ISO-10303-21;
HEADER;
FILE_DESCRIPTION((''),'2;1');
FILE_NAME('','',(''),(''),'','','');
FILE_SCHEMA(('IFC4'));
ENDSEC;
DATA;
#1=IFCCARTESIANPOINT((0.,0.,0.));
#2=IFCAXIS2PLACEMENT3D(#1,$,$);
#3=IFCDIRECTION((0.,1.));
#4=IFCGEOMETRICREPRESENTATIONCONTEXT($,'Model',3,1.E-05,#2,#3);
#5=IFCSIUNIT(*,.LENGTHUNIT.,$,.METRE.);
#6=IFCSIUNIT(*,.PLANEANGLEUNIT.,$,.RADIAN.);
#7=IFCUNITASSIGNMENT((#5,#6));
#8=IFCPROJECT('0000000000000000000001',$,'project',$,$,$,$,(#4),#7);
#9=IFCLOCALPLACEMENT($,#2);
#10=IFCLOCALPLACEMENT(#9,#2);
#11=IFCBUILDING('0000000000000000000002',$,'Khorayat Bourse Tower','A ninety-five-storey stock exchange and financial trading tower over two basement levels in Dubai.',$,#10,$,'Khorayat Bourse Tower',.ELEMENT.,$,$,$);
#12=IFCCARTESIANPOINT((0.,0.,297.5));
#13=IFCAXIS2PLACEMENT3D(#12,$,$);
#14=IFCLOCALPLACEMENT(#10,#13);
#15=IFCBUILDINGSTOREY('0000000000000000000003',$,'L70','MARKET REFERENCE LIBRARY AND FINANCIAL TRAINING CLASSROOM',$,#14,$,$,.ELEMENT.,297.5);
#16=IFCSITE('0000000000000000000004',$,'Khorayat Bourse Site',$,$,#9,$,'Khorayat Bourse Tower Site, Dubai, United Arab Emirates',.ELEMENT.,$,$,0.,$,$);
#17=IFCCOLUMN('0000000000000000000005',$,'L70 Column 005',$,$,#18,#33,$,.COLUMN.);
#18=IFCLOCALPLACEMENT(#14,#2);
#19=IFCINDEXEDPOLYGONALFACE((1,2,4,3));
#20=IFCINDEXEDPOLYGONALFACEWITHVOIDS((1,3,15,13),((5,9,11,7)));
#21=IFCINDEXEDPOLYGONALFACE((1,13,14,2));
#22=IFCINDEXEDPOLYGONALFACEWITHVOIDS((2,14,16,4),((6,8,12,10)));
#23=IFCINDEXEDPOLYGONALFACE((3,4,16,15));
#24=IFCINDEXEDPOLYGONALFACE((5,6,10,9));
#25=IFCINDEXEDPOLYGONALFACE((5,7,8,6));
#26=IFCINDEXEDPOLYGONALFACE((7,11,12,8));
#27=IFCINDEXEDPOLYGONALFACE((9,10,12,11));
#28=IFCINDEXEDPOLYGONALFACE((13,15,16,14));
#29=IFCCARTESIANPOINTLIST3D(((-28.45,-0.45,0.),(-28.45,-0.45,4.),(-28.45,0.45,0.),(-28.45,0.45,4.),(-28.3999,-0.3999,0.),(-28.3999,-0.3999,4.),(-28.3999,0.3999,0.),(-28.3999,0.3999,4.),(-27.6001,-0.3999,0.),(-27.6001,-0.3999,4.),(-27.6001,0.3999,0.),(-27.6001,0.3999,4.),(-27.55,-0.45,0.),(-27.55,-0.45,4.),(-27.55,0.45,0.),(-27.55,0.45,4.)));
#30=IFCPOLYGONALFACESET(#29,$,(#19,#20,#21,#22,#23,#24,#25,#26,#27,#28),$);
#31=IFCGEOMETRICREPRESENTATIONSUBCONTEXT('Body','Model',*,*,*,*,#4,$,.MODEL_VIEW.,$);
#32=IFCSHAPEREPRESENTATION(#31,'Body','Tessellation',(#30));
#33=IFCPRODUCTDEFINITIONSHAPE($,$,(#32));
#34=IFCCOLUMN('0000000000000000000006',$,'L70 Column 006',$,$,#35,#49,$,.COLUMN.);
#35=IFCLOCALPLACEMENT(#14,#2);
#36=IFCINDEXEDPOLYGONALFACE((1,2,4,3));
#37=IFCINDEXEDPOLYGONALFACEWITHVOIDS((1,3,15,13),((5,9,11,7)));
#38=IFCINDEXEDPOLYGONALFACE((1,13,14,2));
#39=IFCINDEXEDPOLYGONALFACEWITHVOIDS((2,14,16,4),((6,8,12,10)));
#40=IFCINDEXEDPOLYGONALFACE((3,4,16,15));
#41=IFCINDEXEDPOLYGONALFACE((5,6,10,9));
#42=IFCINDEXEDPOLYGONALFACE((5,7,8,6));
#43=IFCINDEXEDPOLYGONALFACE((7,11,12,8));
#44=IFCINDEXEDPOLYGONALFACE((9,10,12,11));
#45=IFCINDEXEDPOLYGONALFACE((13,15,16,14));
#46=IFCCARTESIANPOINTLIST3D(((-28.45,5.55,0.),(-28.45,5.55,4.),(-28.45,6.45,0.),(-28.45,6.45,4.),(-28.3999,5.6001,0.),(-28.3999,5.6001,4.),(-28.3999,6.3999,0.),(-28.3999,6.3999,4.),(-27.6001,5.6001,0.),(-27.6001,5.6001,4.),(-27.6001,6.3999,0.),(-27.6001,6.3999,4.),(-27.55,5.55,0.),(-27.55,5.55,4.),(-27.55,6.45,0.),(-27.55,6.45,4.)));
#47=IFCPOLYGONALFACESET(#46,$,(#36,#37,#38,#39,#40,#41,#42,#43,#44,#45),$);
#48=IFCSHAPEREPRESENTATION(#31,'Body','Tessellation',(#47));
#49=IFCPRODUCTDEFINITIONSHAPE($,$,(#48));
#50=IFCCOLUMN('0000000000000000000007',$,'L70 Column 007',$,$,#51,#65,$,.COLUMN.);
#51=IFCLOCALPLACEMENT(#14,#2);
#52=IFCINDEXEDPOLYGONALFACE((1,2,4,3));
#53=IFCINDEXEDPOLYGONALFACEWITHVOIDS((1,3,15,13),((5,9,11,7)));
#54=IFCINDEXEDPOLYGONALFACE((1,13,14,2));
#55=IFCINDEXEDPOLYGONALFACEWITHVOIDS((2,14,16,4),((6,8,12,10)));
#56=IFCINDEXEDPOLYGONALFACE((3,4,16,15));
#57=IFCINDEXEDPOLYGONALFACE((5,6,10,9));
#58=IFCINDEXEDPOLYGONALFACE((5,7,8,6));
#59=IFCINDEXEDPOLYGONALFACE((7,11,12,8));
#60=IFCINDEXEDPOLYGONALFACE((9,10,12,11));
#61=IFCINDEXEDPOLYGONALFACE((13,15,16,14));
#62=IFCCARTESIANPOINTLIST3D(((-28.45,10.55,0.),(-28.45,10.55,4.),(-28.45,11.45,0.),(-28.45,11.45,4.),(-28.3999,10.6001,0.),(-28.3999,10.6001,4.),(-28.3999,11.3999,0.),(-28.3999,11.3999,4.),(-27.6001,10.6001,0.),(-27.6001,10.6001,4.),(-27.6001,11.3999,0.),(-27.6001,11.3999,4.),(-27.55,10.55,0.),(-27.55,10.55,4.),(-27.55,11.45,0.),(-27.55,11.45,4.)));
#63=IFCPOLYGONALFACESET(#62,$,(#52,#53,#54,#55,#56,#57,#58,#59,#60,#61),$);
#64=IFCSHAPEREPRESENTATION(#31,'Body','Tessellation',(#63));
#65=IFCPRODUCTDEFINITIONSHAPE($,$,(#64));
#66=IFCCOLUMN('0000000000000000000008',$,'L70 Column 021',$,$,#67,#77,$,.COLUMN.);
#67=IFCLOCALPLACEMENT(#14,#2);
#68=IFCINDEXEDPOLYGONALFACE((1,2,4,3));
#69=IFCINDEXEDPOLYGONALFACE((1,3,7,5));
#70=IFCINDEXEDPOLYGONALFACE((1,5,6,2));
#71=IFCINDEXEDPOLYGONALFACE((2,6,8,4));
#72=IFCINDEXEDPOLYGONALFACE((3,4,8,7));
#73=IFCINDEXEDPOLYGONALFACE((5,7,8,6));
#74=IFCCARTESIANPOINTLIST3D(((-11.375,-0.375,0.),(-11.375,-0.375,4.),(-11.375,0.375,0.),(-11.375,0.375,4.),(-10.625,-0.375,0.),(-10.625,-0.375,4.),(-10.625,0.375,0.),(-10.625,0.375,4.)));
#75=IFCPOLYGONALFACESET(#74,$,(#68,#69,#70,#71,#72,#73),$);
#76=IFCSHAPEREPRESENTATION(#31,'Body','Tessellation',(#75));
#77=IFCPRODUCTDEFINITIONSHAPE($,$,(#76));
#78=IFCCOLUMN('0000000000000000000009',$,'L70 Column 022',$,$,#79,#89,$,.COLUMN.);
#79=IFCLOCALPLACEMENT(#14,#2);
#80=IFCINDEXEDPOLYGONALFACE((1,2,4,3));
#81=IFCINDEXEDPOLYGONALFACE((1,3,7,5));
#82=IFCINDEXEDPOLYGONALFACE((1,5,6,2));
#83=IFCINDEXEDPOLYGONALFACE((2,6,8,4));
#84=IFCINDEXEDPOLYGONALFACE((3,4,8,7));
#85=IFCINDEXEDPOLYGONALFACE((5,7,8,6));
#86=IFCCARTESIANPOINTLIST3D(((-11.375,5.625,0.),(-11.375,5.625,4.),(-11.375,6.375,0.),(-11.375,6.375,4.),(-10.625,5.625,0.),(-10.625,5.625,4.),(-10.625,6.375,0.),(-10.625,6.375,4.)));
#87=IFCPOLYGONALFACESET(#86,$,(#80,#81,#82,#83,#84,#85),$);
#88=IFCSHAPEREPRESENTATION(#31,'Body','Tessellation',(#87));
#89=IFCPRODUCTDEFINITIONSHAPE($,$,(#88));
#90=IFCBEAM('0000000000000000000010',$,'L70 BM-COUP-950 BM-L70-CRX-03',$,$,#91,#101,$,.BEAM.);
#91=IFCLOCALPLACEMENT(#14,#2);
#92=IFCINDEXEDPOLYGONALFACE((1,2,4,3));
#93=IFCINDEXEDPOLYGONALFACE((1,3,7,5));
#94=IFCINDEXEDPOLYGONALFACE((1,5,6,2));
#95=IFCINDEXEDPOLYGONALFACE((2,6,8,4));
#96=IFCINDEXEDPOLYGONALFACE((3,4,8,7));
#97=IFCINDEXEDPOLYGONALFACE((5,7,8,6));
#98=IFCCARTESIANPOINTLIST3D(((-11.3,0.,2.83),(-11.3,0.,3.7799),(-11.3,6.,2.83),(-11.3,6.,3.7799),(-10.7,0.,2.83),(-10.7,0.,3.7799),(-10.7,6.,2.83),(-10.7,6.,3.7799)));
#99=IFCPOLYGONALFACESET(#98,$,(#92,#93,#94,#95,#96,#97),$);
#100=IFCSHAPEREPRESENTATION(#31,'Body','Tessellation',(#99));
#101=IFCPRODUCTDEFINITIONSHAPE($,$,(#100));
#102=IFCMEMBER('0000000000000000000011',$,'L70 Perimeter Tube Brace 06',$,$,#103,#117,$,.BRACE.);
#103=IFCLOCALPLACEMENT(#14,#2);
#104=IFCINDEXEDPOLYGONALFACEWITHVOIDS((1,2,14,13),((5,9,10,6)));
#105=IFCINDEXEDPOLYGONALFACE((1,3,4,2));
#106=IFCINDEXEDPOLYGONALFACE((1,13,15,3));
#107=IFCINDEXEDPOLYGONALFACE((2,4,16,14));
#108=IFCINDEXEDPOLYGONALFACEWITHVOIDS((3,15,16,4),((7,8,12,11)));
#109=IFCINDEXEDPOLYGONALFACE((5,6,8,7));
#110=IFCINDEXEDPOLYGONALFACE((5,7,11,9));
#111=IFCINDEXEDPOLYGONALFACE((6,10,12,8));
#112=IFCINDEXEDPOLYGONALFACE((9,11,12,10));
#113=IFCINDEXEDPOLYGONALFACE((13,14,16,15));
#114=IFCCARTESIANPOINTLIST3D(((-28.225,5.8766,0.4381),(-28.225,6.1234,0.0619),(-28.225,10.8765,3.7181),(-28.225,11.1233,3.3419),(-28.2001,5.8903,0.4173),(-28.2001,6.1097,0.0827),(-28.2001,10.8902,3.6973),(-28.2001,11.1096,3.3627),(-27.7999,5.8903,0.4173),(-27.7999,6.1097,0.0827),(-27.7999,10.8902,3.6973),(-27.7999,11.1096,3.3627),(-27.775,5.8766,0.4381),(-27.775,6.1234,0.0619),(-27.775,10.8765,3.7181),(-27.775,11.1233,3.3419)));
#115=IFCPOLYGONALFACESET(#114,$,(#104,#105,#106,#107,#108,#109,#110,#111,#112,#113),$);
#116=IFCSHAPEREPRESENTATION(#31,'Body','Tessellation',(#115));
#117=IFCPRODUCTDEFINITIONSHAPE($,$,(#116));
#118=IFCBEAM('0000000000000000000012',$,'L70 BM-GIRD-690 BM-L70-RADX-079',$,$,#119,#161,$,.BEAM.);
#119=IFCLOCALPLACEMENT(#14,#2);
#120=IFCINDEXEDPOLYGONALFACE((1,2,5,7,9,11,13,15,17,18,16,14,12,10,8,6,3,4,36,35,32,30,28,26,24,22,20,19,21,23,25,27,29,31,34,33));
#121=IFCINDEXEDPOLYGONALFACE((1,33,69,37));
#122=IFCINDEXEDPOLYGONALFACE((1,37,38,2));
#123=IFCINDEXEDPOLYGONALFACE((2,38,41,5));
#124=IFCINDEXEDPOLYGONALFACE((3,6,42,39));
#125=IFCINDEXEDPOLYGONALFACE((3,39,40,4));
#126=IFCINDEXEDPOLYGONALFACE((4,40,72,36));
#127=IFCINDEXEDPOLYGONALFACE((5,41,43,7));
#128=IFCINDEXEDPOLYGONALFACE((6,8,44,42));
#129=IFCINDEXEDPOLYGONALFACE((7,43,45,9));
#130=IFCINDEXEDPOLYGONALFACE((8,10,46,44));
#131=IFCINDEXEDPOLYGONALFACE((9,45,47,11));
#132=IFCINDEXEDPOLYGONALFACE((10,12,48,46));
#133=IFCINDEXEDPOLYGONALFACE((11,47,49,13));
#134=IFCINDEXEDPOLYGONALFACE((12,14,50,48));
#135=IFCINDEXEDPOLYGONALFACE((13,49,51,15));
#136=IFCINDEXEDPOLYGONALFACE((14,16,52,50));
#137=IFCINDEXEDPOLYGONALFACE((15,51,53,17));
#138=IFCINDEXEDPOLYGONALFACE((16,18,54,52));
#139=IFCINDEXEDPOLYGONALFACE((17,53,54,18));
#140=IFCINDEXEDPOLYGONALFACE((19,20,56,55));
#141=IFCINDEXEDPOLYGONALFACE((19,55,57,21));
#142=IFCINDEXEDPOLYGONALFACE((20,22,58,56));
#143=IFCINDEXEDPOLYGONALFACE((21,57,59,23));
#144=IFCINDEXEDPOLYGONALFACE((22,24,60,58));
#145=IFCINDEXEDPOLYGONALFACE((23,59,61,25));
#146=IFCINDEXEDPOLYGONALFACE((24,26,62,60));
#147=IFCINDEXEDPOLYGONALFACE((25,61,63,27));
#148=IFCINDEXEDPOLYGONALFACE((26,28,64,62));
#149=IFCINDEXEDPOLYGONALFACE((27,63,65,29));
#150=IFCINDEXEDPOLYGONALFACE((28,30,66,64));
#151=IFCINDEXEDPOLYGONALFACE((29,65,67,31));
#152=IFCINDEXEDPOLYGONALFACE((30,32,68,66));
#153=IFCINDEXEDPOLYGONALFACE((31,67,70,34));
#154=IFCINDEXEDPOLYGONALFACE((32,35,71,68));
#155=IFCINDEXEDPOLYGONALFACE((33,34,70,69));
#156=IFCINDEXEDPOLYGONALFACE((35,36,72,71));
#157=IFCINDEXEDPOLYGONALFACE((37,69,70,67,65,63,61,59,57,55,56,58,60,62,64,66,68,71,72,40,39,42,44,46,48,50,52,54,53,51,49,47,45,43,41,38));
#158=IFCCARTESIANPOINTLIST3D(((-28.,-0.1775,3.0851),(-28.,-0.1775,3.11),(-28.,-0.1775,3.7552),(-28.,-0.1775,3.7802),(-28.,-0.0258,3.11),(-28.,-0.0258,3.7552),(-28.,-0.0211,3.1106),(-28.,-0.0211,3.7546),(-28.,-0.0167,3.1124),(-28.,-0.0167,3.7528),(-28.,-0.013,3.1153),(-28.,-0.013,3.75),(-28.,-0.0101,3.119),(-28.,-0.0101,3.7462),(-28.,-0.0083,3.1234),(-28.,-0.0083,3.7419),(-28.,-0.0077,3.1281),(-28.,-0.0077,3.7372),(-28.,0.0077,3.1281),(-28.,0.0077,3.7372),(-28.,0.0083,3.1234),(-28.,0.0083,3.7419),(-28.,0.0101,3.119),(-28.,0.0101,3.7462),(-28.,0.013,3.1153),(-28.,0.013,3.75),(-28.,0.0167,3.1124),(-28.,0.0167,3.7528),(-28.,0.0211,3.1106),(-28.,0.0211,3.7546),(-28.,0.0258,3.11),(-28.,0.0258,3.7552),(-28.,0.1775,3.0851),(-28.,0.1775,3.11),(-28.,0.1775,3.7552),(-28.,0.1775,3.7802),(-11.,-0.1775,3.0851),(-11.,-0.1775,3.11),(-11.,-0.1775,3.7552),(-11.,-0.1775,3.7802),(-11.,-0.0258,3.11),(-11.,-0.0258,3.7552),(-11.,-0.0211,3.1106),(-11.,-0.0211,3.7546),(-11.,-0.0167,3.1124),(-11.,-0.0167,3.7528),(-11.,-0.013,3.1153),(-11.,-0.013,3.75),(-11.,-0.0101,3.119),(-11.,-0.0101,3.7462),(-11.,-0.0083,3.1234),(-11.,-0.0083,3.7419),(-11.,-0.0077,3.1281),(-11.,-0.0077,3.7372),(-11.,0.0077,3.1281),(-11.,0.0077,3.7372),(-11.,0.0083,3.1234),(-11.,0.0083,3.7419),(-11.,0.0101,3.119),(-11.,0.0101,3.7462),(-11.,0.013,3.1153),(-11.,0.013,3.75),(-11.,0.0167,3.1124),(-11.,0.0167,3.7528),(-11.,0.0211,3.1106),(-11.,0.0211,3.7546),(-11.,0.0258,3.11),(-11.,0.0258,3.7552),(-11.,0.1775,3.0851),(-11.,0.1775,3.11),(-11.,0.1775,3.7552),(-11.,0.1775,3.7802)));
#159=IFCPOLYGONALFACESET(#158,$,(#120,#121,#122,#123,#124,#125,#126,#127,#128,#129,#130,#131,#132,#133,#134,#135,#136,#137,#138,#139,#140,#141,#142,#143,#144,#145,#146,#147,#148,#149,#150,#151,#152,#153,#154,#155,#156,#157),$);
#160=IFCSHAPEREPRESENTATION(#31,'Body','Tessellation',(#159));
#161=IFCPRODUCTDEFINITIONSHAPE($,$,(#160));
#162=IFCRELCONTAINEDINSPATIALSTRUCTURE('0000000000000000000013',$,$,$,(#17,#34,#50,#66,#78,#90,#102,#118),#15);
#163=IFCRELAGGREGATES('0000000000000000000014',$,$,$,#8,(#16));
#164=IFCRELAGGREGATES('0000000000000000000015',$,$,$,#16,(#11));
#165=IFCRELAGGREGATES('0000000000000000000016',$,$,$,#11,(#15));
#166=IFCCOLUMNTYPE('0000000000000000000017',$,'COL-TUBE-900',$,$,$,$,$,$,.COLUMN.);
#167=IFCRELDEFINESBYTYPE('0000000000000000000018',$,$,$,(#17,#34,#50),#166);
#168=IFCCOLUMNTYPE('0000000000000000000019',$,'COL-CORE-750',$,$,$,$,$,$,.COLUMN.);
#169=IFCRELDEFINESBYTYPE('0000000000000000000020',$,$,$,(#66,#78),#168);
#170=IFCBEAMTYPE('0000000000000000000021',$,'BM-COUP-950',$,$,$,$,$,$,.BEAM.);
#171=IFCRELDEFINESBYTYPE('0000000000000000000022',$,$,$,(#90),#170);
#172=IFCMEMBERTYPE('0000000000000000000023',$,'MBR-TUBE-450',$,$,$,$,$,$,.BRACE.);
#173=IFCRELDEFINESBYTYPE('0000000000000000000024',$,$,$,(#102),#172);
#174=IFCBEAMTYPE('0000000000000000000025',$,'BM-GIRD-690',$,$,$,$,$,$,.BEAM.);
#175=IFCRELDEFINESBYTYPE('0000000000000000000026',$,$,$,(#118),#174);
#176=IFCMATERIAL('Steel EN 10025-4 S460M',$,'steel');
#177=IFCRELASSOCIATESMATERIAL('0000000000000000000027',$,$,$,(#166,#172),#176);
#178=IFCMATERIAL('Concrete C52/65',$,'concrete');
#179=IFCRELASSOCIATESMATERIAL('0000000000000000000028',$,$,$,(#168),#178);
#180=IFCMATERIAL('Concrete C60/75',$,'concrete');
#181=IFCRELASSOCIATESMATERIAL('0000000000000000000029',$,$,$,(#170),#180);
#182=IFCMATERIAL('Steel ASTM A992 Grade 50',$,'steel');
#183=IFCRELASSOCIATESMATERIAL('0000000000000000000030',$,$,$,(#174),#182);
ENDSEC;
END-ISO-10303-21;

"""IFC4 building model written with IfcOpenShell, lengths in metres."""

from ifc_helpers import new_model, si_unit, direction, frame, origin, origin_2d, place, context, subcontext, project, spatial, rectangle, hollow_rectangle, i_section, extrude, source, transform, mapped, material, material_profile, profile_set, type_object, element, save


model = new_model("IFC4")

# Units and contexts
model_context = context("Model", 3, precision=1e-05, world=origin(), true_north=direction((0.0, 1.0)))
body_context = subcontext(model_context, "Body", "Model", "MODEL_VIEW")
ifc_project = project(units=[si_unit("LENGTHUNIT", "METRE"), si_unit("PLANEANGLEUNIT", "RADIAN")], contexts=[model_context])

# Site, building, storey
site_placement = place(None, origin())
site = spatial("IfcSite", under=ifc_project, at=site_placement, Name="Khorayat Bourse Site", LongName="Khorayat Bourse Tower Site, Dubai, United Arab Emirates", CompositionType="ELEMENT", RefElevation=0.0)
building_placement = place(site_placement, origin())
building = spatial("IfcBuilding", under=site, at=building_placement, Name="Khorayat Bourse Tower", Description="A ninety-five-storey stock exchange and financial trading tower over two basement levels in Dubai.", LongName="Khorayat Bourse Tower", CompositionType="ELEMENT")
storey_placement = place(building_placement, frame((0.0, 0.0, 297.5)))
storey = spatial("IfcBuildingStorey", under=building, at=storey_placement, Name="L70", Description="MARKET REFERENCE LIBRARY AND FINANCIAL TRAINING CLASSROOM", CompositionType="ELEMENT", Elevation=297.5)

# Columns
ifc_material_1 = material(Name="Steel EN 10025-4 S460M", Category="steel")
ifc_material_profile_1 = material_profile(ifc_material_1, hollow_rectangle(XDim=0.8999, YDim=0.8999, WallThickness=0.05, at=origin_2d()), Name="BOX 900x900x50")
ifc_profile_set_1 = profile_set([ifc_material_profile_1], Name="Steel EN 10025-4 S460M")
column_type_1 = type_object("IfcColumnType", Name="COL-TUBE-900", PredefinedType="COLUMN", material=ifc_profile_set_1)
shared_shape_1 = source(origin(), body_context, "Body", "SweptSolid", [
    extrude(hollow_rectangle(XDim=0.8999, YDim=0.8999, WallThickness=0.05, at=origin_2d()), origin(), (0.0, 0.0, 1.0), 4.0),
])
for number, where, z_axis, x_axis, name in (
    (1, (-28.0, 0.0, 0.0), (0.0, 0.0, 1.0), (1.0, 0.0, 0.0), "L70 Column 005"),
    (2, (-28.0, 6.0, 0.0), (0.0, 0.0, 1.0), (1.0, 0.0, 0.0), "L70 Column 006"),
    (3, (-28.0, 11.0, 0.0), (0.0, 0.0, 1.0), (1.0, 0.0, 0.0), "L70 Column 007"),
):
    element("IfcColumn", number, at=place(storey_placement, frame(where, z_axis=z_axis, x_axis=x_axis)), inside=storey, type_object=column_type_1, Name=name, PredefinedType="COLUMN", context=body_context, shape_type="MappedRepresentation", body=[
        mapped(shared_shape_1, transform((0.0, 0.0, 0.0), scale=1.0)),
    ])
ifc_material_2 = material(Name="Concrete C52/65", Category="concrete")
ifc_material_profile_2 = material_profile(ifc_material_2, rectangle(XDim=0.75, YDim=0.75, at=origin_2d()), Name="RC 750x750")
ifc_profile_set_2 = profile_set([ifc_material_profile_2], Name="Concrete C52/65")
column_type_2 = type_object("IfcColumnType", Name="COL-CORE-750", PredefinedType="COLUMN", material=ifc_profile_set_2)
shared_shape_2 = source(origin(), body_context, "Body", "SweptSolid", [
    extrude(rectangle(XDim=0.75, YDim=0.75, at=origin_2d()), origin(), (0.0, 0.0, 1.0), 4.0),
])
for number, where, z_axis, x_axis, name in (
    (4, (-11.0, 0.0, 0.0), (0.0, 0.0, 1.0), (1.0, 0.0, 0.0), "L70 Column 021"),
    (5, (-11.0, 6.0, 0.0), (0.0, 0.0, 1.0), (1.0, 0.0, 0.0), "L70 Column 022"),
):
    element("IfcColumn", number, at=place(storey_placement, frame(where, z_axis=z_axis, x_axis=x_axis)), inside=storey, type_object=column_type_2, Name=name, PredefinedType="COLUMN", context=body_context, shape_type="MappedRepresentation", body=[
        mapped(shared_shape_2, transform((0.0, 0.0, 0.0), scale=1.0)),
    ])

# Beam
ifc_material_3 = material(Name="Concrete C60/75", Category="concrete")
ifc_material_profile_3 = material_profile(ifc_material_3, rectangle(XDim=0.6001, YDim=0.95, at=origin_2d()), Name="RC 600x950")
ifc_profile_set_3 = profile_set([ifc_material_profile_3], Name="Concrete C60/75")
beam_type_1 = type_object("IfcBeamType", Name="BM-COUP-950", PredefinedType="BEAM", material=ifc_profile_set_3)
shared_shape_3 = source(origin(), body_context, "Body", "SweptSolid", [
    extrude(rectangle(XDim=0.6001, YDim=0.95, at=origin_2d()), origin(), (0.0, 0.0, 1.0), 6.0),
])
beam_1_placement = place(storey_placement, frame((-11.0, 0.0, 3.3049), z_axis=(0.0, 1.0, 0.0), x_axis=(-1.0, 0.0, 0.0)))
element("IfcBeam", 6, at=beam_1_placement, inside=storey, type_object=beam_type_1, Name="L70 BM-COUP-950 BM-L70-CRX-03", PredefinedType="BEAM", context=body_context, shape_type="MappedRepresentation", body=[
    mapped(shared_shape_3, transform((0.0, 0.0, 0.0), scale=1.0)),
])

# Member
ifc_material_profile_4 = material_profile(ifc_material_1, hollow_rectangle(XDim=0.45, YDim=0.45, WallThickness=0.0249, at=origin_2d()), Name="HSS 450x450x25")
ifc_profile_set_4 = profile_set([ifc_material_profile_4], Name="Steel EN 10025-4 S460M")
member_type_1 = type_object("IfcMemberType", Name="MBR-TUBE-450", PredefinedType="BRACE", material=ifc_profile_set_4)
shared_shape_4 = source(origin(), body_context, "Body", "SweptSolid", [
    extrude(hollow_rectangle(XDim=0.45, YDim=0.45, WallThickness=0.0249, at=origin_2d()), origin(), (0.0, 0.0, 1.0), 5.9797),
])
member_1_placement = place(storey_placement, frame((-28.0, 6.0, 0.25), z_axis=(0.0, 0.836142, 0.548514), x_axis=(-1.0, 0.0, 0.0)))
element("IfcMember", 7, at=member_1_placement, inside=storey, type_object=member_type_1, Name="L70 Perimeter Tube Brace 06", PredefinedType="BRACE", context=body_context, shape_type="MappedRepresentation", body=[
    mapped(shared_shape_4, transform((0.0, 0.0, 0.0), scale=1.0)),
])

# Beam
ifc_material_4 = material(Name="Steel ASTM A992 Grade 50", Category="steel")
ifc_material_profile_5 = material_profile(ifc_material_4, i_section(OverallWidth=0.355, OverallDepth=0.6951, WebThickness=0.0154, FlangeThickness=0.0249, FilletRadius=0.0181, at=origin_2d()), Name="W690X217")
ifc_profile_set_5 = profile_set([ifc_material_profile_5], Name="Steel ASTM A992 Grade 50")
beam_type_2 = type_object("IfcBeamType", Name="BM-GIRD-690", PredefinedType="BEAM", material=ifc_profile_set_5)
shared_shape_5 = source(origin(), body_context, "Body", "SweptSolid", [
    extrude(i_section(OverallWidth=0.355, OverallDepth=0.6951, WebThickness=0.0154, FlangeThickness=0.0249, FilletRadius=0.0181, at=origin_2d()), origin(), (0.0, 0.0, 1.0), 17.0),
])
for number, where, z_axis, x_axis, name in (
    (8, (-28.0, 0.0, 3.4326), (1.0, 0.0, 0.0), (0.0, 1.0, 0.0), "L70 BM-GIRD-690 BM-L70-RADX-079"),
):
    element("IfcBeam", number, at=place(storey_placement, frame(where, z_axis=z_axis, x_axis=x_axis)), inside=storey, type_object=beam_type_2, Name=name, PredefinedType="BEAM", context=body_context, shape_type="MappedRepresentation", body=[
        mapped(shared_shape_5, transform((0.0, 0.0, 0.0), scale=1.0)),
    ])

save(model, "model.ifc")
